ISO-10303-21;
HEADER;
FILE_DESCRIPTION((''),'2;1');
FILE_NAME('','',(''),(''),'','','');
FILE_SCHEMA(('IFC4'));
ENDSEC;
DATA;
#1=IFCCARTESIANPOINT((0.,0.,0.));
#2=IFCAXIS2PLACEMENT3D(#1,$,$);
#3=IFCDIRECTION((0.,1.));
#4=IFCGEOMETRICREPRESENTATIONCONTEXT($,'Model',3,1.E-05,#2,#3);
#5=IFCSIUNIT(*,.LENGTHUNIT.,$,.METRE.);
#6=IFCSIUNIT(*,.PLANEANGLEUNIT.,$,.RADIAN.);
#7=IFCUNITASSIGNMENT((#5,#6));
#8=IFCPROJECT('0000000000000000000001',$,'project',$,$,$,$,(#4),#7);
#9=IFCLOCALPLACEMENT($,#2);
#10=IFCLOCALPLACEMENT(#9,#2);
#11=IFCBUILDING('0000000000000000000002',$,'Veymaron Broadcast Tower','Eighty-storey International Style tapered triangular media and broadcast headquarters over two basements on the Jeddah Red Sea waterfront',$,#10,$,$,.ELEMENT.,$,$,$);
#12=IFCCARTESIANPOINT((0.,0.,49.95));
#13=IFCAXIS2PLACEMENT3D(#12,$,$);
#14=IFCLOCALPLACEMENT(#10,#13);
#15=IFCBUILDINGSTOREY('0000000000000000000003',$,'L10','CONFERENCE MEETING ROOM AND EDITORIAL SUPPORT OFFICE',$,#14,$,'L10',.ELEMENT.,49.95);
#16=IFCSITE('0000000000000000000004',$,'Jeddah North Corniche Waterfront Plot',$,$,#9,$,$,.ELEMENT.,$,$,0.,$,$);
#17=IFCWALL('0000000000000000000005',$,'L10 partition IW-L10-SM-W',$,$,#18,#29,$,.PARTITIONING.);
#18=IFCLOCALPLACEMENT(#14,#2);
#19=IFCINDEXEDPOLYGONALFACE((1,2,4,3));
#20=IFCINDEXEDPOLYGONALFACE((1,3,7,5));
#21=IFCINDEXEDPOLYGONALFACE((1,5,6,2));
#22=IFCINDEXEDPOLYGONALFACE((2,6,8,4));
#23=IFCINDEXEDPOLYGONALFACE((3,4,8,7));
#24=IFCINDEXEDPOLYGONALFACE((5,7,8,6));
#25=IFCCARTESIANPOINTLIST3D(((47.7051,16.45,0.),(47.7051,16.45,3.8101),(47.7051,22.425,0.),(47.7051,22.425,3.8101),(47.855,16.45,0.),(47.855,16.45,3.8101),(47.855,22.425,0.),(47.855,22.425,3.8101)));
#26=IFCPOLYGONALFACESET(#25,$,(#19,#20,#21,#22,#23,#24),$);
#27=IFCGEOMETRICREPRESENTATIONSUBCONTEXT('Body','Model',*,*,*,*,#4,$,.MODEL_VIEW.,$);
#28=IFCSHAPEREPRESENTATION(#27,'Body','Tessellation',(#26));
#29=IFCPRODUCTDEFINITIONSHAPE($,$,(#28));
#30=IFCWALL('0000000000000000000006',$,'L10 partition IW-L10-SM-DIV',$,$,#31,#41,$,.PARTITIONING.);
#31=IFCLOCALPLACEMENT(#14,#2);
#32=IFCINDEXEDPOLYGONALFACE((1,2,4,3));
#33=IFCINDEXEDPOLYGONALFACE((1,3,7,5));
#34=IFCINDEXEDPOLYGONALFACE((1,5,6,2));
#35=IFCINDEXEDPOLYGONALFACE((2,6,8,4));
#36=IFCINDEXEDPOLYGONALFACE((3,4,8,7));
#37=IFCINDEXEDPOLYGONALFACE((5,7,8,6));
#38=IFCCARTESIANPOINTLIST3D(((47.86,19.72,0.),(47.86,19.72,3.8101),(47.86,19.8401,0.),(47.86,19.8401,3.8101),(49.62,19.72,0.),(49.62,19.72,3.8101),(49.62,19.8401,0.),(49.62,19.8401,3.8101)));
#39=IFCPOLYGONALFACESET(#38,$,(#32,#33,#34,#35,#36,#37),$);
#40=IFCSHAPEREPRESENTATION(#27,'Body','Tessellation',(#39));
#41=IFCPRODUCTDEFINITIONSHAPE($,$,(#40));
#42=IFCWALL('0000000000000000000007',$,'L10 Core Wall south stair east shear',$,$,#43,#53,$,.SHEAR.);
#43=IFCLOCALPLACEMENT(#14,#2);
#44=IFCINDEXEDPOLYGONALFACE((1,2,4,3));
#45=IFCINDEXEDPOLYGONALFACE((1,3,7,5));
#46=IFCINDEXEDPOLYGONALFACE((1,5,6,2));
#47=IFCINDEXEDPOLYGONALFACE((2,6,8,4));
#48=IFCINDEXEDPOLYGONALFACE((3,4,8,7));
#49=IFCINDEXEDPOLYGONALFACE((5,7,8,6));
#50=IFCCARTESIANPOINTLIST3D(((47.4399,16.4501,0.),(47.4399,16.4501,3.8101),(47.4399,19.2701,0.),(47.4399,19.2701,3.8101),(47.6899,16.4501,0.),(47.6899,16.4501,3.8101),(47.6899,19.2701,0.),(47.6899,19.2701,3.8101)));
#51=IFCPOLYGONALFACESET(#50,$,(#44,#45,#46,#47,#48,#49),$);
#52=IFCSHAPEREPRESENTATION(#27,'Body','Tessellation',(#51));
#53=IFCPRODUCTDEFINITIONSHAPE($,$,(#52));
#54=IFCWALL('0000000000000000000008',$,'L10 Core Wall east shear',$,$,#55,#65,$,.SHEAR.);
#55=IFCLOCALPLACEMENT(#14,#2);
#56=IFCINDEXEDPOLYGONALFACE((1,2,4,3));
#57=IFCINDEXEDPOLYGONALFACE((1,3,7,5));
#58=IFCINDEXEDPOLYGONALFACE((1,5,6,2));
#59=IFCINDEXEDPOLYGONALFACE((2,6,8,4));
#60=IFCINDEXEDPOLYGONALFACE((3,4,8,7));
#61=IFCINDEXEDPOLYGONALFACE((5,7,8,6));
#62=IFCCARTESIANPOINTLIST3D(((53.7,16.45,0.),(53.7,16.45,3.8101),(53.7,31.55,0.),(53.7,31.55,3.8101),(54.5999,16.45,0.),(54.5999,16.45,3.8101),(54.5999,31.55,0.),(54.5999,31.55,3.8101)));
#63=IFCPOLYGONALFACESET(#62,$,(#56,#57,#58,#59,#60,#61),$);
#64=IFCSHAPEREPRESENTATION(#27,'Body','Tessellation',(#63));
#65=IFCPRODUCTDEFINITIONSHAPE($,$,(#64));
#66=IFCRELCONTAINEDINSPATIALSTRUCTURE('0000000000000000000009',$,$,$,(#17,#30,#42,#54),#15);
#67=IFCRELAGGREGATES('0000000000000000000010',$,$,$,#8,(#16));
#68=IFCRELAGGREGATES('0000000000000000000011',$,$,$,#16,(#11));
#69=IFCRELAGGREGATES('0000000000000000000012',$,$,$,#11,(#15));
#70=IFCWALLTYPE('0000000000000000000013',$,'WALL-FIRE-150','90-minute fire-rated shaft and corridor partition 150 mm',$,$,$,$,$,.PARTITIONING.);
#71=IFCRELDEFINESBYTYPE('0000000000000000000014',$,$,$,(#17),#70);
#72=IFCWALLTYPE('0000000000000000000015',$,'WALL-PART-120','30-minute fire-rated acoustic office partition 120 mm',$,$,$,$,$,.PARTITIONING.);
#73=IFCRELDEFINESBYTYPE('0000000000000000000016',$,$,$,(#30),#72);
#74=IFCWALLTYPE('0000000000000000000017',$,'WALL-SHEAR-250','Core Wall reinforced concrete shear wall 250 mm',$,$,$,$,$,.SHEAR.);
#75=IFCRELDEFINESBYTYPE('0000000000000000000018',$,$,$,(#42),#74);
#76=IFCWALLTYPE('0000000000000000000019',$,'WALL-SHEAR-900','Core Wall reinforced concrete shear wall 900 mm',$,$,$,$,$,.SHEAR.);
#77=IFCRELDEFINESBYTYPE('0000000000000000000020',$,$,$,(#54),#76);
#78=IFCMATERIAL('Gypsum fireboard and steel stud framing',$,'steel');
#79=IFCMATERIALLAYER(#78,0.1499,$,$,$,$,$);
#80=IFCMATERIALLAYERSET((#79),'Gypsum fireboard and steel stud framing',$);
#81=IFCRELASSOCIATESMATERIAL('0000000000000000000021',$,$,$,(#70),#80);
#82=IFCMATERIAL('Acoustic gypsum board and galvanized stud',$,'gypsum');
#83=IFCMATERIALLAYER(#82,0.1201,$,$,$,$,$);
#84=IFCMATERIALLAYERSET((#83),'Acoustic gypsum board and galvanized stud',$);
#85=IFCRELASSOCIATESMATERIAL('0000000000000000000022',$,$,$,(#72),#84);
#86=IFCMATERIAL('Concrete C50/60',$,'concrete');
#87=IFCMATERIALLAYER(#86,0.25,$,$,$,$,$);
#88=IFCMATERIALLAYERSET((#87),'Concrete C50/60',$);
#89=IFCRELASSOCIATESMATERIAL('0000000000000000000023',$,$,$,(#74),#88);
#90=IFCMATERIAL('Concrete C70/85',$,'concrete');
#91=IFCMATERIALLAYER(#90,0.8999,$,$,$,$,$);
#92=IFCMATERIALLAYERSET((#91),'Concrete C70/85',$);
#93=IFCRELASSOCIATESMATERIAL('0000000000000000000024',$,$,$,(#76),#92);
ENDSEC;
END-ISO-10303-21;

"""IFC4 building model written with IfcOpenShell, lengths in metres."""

from ifc_helpers import new_model, si_unit, direction, frame, frame_2d, origin, place, context, subcontext, project, spatial, rectangle, extrude, material, layer, layer_set, type_object, element, save


model = new_model("IFC4")

# Units and contexts
model_context = context("Model", 3, precision=1e-05, world=origin(), true_north=direction((0.0, 1.0)))
body_context = subcontext(model_context, "Body", "Model", "MODEL_VIEW")
ifc_project = project(units=[si_unit("LENGTHUNIT", "METRE"), si_unit("PLANEANGLEUNIT", "RADIAN")], contexts=[model_context])

# Site, building, storey
site_placement = place(None, origin())
site = spatial("IfcSite", under=ifc_project, at=site_placement, Name="Jeddah North Corniche Waterfront Plot", CompositionType="ELEMENT", RefElevation=0.0)
building_placement = place(site_placement, origin())
building = spatial("IfcBuilding", under=site, at=building_placement, Name="Veymaron Broadcast Tower", Description="Eighty-storey International Style tapered triangular media and broadcast headquarters over two basements on the Jeddah Red Sea waterfront", CompositionType="ELEMENT")
storey_placement = place(building_placement, frame((0.0, 0.0, 49.95)))
storey = spatial("IfcBuildingStorey", under=building, at=storey_placement, Name="L10", Description="CONFERENCE MEETING ROOM AND EDITORIAL SUPPORT OFFICE", LongName="L10", CompositionType="ELEMENT", Elevation=49.95)

# Shared definitions
ifc_material_1 = material(Name="Gypsum fireboard and steel stud framing", Category="steel")
ifc_layer_1 = layer(ifc_material_1, 0.1499)
ifc_layer_set_1 = layer_set([ifc_layer_1], Name="Gypsum fireboard and steel stud framing")
wall_type_1 = type_object("IfcWallType", Name="WALL-FIRE-150", Description="90-minute fire-rated shaft and corridor partition 150 mm", PredefinedType="PARTITIONING", material=ifc_layer_set_1)

# Walls
wall_1_placement = place(storey_placement, frame((47.78, 16.45, 0.0), z_axis=(0.0, 0.0, 1.0), x_axis=(0.0, 1.0, 0.0)))
element("IfcWall", 1, at=wall_1_placement, inside=storey, type_object=wall_type_1, Name="L10 partition IW-L10-SM-W", PredefinedType="PARTITIONING", context=body_context, shape_type="SweptSolid", body=[
    extrude(rectangle(XDim=5.9751, YDim=0.1499, at=frame_2d((2.9875, 0.0))), origin(), (0.0, 0.0, 1.0), 3.8101),
])
ifc_material_2 = material(Name="Acoustic gypsum board and galvanized stud", Category="gypsum")
ifc_layer_2 = layer(ifc_material_2, 0.1201)
ifc_layer_set_2 = layer_set([ifc_layer_2], Name="Acoustic gypsum board and galvanized stud")
wall_type_2 = type_object("IfcWallType", Name="WALL-PART-120", Description="30-minute fire-rated acoustic office partition 120 mm", PredefinedType="PARTITIONING", material=ifc_layer_set_2)
wall_2_placement = place(storey_placement, frame((47.8601, 19.78, 0.0), z_axis=(0.0, 0.0, 1.0), x_axis=(1.0, 0.0, 0.0)))
element("IfcWall", 2, at=wall_2_placement, inside=storey, type_object=wall_type_2, Name="L10 partition IW-L10-SM-DIV", PredefinedType="PARTITIONING", context=body_context, shape_type="SweptSolid", body=[
    extrude(rectangle(XDim=1.76, YDim=0.1201, at=frame_2d((0.8799, 0.0))), origin(), (0.0, 0.0, 1.0), 3.8101),
])

# Walls
ifc_material_3 = material(Name="Concrete C50/60", Category="concrete")
ifc_layer_3 = layer(ifc_material_3, 0.25)
ifc_layer_set_3 = layer_set([ifc_layer_3], Name="Concrete C50/60")
wall_type_3 = type_object("IfcWallType", Name="WALL-SHEAR-250", Description="Core Wall reinforced concrete shear wall 250 mm", PredefinedType="SHEAR", material=ifc_layer_set_3)
wall_3_placement = place(storey_placement, frame((47.5649, 16.45, 0.0), z_axis=(0.0, 0.0, 1.0), x_axis=(0.0, 1.0, 0.0)))
element("IfcWall", 3, at=wall_3_placement, inside=storey, type_object=wall_type_3, Name="L10 Core Wall south stair east shear", PredefinedType="SHEAR", context=body_context, shape_type="SweptSolid", body=[
    extrude(rectangle(XDim=2.8201, YDim=0.25, at=frame_2d((1.4102, 0.0))), origin(), (0.0, 0.0, 1.0), 3.8101),
])
ifc_material_4 = material(Name="Concrete C70/85", Category="concrete")
ifc_layer_4 = layer(ifc_material_4, 0.8999)
ifc_layer_set_4 = layer_set([ifc_layer_4], Name="Concrete C70/85")
wall_type_4 = type_object("IfcWallType", Name="WALL-SHEAR-900", Description="Core Wall reinforced concrete shear wall 900 mm", PredefinedType="SHEAR", material=ifc_layer_set_4)
wall_4_placement = place(storey_placement, frame((54.1499, 16.45, 0.0), z_axis=(0.0, 0.0, 1.0), x_axis=(0.0, 1.0, 0.0)))
element("IfcWall", 4, at=wall_4_placement, inside=storey, type_object=wall_type_4, Name="L10 Core Wall east shear", PredefinedType="SHEAR", context=body_context, shape_type="SweptSolid", body=[
    extrude(rectangle(XDim=15.1001, YDim=0.8999, at=frame_2d((7.55, 0.0))), origin(), (0.0, 0.0, 1.0), 3.8101),
])

save(model, "model.ifc")
